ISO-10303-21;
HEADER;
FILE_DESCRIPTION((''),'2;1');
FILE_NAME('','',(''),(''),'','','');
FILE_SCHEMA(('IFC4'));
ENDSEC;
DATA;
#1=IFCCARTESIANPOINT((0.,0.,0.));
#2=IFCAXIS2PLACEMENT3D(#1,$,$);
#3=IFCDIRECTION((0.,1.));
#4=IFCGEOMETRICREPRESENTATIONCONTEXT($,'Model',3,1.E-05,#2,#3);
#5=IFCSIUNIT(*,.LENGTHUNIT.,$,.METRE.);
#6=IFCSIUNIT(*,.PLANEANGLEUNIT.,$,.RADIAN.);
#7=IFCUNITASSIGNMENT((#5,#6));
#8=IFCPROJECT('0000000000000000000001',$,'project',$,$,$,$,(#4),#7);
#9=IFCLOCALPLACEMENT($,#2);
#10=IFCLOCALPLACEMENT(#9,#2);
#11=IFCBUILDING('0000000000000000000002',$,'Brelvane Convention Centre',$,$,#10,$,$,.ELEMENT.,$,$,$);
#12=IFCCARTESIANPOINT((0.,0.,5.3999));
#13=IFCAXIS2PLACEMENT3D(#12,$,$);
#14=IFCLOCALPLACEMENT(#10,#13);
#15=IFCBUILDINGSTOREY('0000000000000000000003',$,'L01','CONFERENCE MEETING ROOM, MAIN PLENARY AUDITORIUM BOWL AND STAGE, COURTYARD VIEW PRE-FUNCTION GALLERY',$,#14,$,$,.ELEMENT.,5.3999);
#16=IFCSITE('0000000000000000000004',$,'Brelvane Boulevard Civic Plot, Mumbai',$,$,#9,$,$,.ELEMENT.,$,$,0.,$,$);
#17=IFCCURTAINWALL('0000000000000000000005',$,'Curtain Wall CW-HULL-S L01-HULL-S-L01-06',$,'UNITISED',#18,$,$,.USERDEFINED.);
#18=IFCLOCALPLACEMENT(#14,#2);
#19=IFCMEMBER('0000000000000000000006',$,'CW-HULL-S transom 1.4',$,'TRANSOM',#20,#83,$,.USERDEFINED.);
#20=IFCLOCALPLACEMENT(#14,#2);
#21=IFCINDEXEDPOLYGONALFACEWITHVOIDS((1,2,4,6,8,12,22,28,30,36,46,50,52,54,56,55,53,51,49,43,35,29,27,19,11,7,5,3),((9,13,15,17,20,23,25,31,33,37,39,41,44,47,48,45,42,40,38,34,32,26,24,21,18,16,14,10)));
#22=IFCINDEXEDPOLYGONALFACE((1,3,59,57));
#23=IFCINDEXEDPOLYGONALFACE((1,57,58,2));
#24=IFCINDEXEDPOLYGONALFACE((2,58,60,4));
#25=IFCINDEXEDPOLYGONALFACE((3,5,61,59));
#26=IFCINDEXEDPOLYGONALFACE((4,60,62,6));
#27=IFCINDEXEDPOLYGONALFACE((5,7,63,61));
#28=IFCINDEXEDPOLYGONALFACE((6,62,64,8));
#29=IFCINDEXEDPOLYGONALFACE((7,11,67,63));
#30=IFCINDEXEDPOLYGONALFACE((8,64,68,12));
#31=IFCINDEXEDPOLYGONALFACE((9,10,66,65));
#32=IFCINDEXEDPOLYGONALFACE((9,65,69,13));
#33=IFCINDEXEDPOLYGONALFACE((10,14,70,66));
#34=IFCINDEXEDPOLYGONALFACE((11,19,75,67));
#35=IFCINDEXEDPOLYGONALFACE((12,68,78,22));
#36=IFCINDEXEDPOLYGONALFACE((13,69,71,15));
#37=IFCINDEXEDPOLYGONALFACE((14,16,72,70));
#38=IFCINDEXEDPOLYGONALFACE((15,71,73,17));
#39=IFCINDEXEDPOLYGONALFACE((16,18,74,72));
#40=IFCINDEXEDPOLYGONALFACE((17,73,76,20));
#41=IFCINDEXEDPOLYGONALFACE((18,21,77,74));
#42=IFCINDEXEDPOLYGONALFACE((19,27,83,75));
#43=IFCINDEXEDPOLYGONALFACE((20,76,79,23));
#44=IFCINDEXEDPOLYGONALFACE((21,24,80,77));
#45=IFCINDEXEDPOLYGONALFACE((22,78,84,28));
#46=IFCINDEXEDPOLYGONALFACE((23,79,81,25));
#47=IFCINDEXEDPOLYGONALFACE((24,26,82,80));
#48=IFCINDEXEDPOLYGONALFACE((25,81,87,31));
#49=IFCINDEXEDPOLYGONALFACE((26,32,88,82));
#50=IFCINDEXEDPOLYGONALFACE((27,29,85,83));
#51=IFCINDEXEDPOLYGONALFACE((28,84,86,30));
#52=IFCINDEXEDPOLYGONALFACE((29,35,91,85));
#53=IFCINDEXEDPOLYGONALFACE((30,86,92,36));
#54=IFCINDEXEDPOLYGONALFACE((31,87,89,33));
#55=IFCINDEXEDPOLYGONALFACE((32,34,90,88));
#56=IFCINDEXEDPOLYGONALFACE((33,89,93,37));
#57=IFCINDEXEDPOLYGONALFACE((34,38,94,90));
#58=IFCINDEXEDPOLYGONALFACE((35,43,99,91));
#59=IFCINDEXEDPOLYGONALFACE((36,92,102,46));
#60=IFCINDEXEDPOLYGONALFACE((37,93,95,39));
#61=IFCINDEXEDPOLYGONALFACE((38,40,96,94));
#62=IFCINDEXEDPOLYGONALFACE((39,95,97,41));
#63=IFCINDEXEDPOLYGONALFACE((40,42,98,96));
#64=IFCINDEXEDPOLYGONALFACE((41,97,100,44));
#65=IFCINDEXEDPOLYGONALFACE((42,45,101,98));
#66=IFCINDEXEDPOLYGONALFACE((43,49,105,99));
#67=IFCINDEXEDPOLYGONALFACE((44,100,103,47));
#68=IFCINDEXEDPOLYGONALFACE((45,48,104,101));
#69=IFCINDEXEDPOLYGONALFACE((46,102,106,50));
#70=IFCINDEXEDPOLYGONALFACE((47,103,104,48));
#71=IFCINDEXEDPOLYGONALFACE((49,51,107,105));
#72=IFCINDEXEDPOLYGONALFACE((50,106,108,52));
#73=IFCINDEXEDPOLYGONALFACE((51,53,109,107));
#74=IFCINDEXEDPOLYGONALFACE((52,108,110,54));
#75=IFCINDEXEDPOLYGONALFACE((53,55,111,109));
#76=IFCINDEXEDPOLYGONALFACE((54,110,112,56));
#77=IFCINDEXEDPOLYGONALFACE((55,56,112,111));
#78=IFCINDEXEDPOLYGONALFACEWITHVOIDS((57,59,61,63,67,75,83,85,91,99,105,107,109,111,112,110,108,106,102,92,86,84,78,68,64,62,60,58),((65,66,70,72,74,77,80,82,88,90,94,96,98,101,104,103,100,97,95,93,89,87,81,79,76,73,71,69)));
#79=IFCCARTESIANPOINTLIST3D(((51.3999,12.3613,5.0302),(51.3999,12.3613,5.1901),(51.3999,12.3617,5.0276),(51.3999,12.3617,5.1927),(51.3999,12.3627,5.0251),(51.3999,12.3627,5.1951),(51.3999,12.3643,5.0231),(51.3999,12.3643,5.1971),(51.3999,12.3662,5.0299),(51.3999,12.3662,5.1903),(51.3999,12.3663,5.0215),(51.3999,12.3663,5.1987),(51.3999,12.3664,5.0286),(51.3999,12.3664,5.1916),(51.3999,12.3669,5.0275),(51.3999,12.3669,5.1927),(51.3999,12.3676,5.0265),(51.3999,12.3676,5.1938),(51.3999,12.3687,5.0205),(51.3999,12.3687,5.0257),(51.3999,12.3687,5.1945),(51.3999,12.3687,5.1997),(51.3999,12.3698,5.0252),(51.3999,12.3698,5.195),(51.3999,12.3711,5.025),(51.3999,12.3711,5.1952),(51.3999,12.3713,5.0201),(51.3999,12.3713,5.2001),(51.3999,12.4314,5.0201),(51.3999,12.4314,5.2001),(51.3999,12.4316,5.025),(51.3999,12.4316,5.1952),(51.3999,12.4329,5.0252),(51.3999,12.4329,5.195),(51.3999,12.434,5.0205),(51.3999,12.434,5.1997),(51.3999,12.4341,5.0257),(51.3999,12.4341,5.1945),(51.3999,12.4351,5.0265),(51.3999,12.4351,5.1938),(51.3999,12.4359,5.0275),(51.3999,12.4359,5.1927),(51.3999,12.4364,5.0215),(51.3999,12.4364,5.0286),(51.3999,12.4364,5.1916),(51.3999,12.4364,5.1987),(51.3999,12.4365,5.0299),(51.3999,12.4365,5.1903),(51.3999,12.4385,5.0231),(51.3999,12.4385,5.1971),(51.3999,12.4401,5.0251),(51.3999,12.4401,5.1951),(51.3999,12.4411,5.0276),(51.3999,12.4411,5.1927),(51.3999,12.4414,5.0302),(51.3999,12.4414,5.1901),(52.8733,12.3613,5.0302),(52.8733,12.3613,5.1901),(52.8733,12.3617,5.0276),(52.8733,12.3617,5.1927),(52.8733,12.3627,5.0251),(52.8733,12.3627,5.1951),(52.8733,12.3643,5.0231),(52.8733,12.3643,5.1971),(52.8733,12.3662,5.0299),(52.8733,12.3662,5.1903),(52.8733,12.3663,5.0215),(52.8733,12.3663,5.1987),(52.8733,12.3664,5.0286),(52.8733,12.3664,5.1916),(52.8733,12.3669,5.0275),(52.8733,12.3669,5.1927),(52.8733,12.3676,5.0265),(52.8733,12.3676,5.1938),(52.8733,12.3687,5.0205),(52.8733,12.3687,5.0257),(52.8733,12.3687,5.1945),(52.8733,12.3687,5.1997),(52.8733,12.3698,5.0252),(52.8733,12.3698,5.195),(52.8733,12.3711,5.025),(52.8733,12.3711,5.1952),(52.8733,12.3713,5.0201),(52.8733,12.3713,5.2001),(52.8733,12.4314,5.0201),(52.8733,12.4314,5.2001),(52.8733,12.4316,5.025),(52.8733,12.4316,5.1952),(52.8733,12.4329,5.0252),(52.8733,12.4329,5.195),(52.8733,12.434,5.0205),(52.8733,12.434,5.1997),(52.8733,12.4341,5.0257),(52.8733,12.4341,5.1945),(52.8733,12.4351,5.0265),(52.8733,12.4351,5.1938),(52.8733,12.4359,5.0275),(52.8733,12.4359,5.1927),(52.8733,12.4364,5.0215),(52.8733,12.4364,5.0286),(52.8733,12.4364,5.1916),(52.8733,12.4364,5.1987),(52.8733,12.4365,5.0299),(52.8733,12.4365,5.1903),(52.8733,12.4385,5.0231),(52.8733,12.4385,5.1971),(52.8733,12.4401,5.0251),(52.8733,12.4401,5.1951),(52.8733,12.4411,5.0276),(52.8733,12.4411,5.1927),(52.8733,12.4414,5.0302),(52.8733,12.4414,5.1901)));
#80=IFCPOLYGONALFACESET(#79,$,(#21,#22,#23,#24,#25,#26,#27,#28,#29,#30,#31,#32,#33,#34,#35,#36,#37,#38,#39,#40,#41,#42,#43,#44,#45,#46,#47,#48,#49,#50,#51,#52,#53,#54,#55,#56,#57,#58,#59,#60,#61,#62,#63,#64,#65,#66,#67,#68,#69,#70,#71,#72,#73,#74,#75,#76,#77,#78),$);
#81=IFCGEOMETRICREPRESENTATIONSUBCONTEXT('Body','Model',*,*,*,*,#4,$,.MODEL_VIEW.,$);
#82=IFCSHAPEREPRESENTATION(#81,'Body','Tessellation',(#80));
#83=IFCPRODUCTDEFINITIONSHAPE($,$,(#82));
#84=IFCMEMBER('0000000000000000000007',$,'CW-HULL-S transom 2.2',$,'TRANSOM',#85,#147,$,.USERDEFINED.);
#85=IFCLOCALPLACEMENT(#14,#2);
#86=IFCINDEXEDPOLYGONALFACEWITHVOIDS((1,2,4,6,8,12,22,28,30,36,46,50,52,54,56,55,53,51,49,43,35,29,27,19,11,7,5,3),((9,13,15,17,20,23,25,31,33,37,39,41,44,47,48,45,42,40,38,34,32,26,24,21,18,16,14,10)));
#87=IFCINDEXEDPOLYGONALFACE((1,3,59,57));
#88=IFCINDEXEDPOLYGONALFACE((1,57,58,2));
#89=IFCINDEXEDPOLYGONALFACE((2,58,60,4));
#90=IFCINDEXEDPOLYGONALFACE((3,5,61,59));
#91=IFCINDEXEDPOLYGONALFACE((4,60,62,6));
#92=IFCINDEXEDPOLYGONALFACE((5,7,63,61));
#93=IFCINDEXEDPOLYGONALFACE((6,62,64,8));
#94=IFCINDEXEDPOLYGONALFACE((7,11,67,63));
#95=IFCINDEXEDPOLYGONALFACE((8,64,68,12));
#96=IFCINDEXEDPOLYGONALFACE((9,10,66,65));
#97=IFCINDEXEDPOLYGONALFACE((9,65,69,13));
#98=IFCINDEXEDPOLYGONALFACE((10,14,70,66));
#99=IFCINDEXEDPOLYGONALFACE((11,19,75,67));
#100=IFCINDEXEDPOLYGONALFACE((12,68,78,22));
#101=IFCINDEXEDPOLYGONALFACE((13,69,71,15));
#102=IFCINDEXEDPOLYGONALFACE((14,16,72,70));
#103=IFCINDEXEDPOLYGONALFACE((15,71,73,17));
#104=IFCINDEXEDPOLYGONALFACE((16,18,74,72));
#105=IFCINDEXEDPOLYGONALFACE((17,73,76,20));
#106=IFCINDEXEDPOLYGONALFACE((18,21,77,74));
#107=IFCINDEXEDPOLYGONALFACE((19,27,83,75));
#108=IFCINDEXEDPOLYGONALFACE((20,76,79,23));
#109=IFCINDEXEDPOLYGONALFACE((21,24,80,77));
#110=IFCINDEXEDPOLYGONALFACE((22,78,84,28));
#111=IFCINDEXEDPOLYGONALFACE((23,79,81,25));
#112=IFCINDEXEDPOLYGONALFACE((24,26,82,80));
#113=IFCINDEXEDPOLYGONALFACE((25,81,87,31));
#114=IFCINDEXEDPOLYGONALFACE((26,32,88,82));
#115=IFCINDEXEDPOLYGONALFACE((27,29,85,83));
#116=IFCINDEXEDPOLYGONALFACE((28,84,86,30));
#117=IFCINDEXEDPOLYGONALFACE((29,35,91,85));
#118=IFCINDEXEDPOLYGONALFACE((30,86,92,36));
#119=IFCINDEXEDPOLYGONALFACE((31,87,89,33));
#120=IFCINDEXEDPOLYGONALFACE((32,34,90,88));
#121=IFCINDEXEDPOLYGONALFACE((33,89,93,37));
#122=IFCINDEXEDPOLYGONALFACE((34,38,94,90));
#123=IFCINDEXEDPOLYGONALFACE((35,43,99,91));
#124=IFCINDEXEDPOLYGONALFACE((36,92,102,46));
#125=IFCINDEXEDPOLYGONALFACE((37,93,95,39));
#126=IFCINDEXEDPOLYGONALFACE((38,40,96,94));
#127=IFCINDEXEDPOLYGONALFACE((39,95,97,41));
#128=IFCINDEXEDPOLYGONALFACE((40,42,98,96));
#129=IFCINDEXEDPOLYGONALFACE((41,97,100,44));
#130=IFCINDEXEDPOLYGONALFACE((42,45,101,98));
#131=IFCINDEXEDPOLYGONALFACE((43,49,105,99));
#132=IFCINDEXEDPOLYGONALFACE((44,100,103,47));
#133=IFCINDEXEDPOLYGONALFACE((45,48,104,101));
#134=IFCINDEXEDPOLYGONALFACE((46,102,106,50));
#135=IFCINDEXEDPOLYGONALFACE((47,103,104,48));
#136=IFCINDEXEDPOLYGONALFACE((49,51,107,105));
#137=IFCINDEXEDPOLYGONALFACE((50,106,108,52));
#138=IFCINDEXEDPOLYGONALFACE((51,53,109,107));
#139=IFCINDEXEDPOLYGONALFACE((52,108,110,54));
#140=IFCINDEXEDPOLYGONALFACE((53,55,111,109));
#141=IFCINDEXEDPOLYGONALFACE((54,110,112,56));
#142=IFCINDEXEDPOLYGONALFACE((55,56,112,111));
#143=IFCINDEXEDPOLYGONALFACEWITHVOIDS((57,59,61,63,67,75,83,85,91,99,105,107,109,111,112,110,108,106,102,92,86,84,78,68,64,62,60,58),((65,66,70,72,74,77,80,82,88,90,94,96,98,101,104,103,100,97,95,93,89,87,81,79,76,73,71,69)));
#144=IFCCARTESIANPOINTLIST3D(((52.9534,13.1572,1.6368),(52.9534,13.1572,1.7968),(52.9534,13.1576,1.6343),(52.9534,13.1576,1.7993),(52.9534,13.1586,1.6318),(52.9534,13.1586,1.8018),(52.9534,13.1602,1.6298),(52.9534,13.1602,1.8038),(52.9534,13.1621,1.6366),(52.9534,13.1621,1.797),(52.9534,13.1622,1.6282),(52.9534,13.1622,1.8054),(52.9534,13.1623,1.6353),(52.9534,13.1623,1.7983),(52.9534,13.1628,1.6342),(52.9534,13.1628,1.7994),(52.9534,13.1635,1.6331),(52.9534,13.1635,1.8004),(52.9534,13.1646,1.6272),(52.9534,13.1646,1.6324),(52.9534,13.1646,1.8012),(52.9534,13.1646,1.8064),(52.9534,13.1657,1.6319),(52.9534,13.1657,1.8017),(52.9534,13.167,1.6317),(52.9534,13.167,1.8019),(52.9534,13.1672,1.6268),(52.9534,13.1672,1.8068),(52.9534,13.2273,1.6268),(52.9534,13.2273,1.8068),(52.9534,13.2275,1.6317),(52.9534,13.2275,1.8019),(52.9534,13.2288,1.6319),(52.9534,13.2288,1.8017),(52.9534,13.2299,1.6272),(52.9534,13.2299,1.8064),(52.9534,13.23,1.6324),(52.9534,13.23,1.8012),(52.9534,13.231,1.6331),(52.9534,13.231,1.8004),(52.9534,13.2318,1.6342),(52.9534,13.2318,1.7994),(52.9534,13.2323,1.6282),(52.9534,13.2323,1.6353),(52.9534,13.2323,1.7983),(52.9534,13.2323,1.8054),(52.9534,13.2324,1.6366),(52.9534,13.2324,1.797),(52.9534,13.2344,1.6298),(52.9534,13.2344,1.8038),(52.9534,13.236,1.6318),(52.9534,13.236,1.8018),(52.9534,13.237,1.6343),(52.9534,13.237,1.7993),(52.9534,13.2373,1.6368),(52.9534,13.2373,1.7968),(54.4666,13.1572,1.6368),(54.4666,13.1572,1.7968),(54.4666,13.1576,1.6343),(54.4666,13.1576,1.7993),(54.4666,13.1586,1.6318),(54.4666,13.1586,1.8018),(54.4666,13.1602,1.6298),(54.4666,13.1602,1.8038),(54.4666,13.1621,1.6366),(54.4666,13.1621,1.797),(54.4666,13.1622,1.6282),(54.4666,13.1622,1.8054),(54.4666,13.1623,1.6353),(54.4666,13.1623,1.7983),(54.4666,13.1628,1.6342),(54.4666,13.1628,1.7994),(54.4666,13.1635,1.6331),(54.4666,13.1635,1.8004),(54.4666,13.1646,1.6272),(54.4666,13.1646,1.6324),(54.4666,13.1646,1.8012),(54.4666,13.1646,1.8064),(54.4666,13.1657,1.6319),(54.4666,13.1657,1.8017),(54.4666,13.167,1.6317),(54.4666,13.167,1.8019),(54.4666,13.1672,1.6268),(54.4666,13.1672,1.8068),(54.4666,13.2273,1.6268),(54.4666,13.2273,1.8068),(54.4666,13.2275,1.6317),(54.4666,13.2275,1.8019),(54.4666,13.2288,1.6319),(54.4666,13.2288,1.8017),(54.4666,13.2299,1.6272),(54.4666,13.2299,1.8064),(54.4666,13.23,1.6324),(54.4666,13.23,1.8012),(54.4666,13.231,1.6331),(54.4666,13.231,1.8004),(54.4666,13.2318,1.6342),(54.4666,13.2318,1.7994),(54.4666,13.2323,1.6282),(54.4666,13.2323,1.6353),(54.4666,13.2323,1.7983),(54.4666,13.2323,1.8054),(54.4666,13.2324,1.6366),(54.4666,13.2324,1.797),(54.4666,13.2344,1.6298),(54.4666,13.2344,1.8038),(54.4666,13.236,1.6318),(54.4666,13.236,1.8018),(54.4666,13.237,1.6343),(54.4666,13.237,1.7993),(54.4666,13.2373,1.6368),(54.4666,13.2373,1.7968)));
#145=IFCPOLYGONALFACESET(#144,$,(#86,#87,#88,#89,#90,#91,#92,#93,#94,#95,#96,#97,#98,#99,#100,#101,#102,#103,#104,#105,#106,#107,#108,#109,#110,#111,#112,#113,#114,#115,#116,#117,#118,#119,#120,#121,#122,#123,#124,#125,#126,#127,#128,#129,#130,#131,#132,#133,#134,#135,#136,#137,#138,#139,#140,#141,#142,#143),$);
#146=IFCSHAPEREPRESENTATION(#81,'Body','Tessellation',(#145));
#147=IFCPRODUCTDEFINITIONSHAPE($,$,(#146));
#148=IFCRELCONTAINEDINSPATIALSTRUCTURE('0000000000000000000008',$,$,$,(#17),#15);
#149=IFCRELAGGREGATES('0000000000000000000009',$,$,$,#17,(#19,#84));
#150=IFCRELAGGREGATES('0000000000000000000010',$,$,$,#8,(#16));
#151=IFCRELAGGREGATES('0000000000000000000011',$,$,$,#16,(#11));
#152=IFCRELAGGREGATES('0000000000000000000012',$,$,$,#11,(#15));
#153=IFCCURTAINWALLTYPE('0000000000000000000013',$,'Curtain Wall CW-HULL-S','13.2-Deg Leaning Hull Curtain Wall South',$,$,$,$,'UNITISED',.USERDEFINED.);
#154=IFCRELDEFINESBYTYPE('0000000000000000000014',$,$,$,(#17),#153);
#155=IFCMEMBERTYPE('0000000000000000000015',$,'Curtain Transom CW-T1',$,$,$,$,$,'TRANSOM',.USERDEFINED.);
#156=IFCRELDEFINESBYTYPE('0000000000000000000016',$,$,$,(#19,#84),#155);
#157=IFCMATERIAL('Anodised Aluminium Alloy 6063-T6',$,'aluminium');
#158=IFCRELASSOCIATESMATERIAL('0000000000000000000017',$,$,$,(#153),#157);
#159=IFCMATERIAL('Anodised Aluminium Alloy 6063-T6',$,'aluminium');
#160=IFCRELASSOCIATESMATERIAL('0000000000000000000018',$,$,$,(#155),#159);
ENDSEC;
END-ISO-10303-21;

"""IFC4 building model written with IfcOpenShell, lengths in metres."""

from ifc_helpers import new_model, si_unit, direction, frame, origin, origin_2d, place, context, subcontext, project, spatial, hollow_rectangle, extrude, material, material_profile, profile_set, type_object, element, aggregate, save


model = new_model("IFC4")

# Units and contexts
model_context = context("Model", 3, precision=1e-05, world=origin(), true_north=direction((0.0, 1.0)))
body_context = subcontext(model_context, "Body", "Model", "MODEL_VIEW")
ifc_project = project(units=[si_unit("LENGTHUNIT", "METRE"), si_unit("PLANEANGLEUNIT", "RADIAN")], contexts=[model_context])

# Site, building, storey
site_placement = place(None, origin())
site = spatial("IfcSite", under=ifc_project, at=site_placement, Name="Brelvane Boulevard Civic Plot, Mumbai", CompositionType="ELEMENT", RefElevation=0.0)
building_placement = place(site_placement, origin())
building = spatial("IfcBuilding", under=site, at=building_placement, Name="Brelvane Convention Centre", CompositionType="ELEMENT")
storey_placement = place(building_placement, frame((0.0, 0.0, 5.3999)))
storey = spatial("IfcBuildingStorey", under=building, at=storey_placement, Name="L01", Description="CONFERENCE MEETING ROOM, MAIN PLENARY AUDITORIUM BOWL AND STAGE, COURTYARD VIEW PRE-FUNCTION GALLERY", CompositionType="ELEMENT", Elevation=5.3999)

# Curtain wall, members
ifc_material_1 = material(Name="Anodised Aluminium Alloy 6063-T6", Category="aluminium")
curtain_wall_type = type_object("IfcCurtainWallType", Name="Curtain Wall CW-HULL-S", Description="13.2-Deg Leaning Hull Curtain Wall South", ElementType="UNITISED", PredefinedType="USERDEFINED", material=ifc_material_1)
ifc_material_2 = material(Name="Anodised Aluminium Alloy 6063-T6", Category="aluminium")
ifc_material_profile = material_profile(ifc_material_2, hollow_rectangle(XDim=0.0801, YDim=0.1799, WallThickness=0.0049, InnerFilletRadius=0.0049, OuterFilletRadius=0.01, at=origin_2d()), Name="ALU-T 180x80x5.0")
ifc_profile_set = profile_set([ifc_material_profile], Name="Anodised Aluminium Alloy 6063-T6")
member_type = type_object("IfcMemberType", Name="Curtain Transom CW-T1", ElementType="TRANSOM", PredefinedType="USERDEFINED", material=ifc_profile_set)
curtain_wall_1_placement = place(storey_placement, origin())
curtain_wall_1 = element("IfcCurtainWall", 1, at=curtain_wall_1_placement, inside=storey, type_object=curtain_wall_type, Name="Curtain Wall CW-HULL-S L01-HULL-S-L01-06", ObjectType="UNITISED", PredefinedType="USERDEFINED")
member_1_placement = place(storey_placement, frame((51.3999, 12.4014, 5.1101), z_axis=(1.0, 0.0, 0.0), x_axis=(0.0, 1.0, 0.0)))
member_1 = element("IfcMember", 2, at=member_1_placement, type_object=member_type, Name="CW-HULL-S transom 1.4", ObjectType="TRANSOM", PredefinedType="USERDEFINED", context=body_context, shape_type="SweptSolid", body=[
    extrude(hollow_rectangle(XDim=0.0801, YDim=0.1799, WallThickness=0.0049, InnerFilletRadius=0.0049, OuterFilletRadius=0.01, at=origin_2d()), origin(), (0.0, 0.0, 1.0), 1.4734),
])
member_2_placement = place(storey_placement, frame((52.9534, 13.1973, 1.7168), z_axis=(1.0, 0.0, 0.0), x_axis=(0.0, 1.0, 0.0)))
member_2 = element("IfcMember", 3, at=member_2_placement, type_object=member_type, Name="CW-HULL-S transom 2.2", ObjectType="TRANSOM", PredefinedType="USERDEFINED", context=body_context, shape_type="SweptSolid", body=[
    extrude(hollow_rectangle(XDim=0.0801, YDim=0.1799, WallThickness=0.0049, InnerFilletRadius=0.0049, OuterFilletRadius=0.01, at=origin_2d()), origin(), (0.0, 0.0, 1.0), 1.5132),
])

aggregate(curtain_wall_1, [member_1, member_2])

save(model, "model.ifc")
